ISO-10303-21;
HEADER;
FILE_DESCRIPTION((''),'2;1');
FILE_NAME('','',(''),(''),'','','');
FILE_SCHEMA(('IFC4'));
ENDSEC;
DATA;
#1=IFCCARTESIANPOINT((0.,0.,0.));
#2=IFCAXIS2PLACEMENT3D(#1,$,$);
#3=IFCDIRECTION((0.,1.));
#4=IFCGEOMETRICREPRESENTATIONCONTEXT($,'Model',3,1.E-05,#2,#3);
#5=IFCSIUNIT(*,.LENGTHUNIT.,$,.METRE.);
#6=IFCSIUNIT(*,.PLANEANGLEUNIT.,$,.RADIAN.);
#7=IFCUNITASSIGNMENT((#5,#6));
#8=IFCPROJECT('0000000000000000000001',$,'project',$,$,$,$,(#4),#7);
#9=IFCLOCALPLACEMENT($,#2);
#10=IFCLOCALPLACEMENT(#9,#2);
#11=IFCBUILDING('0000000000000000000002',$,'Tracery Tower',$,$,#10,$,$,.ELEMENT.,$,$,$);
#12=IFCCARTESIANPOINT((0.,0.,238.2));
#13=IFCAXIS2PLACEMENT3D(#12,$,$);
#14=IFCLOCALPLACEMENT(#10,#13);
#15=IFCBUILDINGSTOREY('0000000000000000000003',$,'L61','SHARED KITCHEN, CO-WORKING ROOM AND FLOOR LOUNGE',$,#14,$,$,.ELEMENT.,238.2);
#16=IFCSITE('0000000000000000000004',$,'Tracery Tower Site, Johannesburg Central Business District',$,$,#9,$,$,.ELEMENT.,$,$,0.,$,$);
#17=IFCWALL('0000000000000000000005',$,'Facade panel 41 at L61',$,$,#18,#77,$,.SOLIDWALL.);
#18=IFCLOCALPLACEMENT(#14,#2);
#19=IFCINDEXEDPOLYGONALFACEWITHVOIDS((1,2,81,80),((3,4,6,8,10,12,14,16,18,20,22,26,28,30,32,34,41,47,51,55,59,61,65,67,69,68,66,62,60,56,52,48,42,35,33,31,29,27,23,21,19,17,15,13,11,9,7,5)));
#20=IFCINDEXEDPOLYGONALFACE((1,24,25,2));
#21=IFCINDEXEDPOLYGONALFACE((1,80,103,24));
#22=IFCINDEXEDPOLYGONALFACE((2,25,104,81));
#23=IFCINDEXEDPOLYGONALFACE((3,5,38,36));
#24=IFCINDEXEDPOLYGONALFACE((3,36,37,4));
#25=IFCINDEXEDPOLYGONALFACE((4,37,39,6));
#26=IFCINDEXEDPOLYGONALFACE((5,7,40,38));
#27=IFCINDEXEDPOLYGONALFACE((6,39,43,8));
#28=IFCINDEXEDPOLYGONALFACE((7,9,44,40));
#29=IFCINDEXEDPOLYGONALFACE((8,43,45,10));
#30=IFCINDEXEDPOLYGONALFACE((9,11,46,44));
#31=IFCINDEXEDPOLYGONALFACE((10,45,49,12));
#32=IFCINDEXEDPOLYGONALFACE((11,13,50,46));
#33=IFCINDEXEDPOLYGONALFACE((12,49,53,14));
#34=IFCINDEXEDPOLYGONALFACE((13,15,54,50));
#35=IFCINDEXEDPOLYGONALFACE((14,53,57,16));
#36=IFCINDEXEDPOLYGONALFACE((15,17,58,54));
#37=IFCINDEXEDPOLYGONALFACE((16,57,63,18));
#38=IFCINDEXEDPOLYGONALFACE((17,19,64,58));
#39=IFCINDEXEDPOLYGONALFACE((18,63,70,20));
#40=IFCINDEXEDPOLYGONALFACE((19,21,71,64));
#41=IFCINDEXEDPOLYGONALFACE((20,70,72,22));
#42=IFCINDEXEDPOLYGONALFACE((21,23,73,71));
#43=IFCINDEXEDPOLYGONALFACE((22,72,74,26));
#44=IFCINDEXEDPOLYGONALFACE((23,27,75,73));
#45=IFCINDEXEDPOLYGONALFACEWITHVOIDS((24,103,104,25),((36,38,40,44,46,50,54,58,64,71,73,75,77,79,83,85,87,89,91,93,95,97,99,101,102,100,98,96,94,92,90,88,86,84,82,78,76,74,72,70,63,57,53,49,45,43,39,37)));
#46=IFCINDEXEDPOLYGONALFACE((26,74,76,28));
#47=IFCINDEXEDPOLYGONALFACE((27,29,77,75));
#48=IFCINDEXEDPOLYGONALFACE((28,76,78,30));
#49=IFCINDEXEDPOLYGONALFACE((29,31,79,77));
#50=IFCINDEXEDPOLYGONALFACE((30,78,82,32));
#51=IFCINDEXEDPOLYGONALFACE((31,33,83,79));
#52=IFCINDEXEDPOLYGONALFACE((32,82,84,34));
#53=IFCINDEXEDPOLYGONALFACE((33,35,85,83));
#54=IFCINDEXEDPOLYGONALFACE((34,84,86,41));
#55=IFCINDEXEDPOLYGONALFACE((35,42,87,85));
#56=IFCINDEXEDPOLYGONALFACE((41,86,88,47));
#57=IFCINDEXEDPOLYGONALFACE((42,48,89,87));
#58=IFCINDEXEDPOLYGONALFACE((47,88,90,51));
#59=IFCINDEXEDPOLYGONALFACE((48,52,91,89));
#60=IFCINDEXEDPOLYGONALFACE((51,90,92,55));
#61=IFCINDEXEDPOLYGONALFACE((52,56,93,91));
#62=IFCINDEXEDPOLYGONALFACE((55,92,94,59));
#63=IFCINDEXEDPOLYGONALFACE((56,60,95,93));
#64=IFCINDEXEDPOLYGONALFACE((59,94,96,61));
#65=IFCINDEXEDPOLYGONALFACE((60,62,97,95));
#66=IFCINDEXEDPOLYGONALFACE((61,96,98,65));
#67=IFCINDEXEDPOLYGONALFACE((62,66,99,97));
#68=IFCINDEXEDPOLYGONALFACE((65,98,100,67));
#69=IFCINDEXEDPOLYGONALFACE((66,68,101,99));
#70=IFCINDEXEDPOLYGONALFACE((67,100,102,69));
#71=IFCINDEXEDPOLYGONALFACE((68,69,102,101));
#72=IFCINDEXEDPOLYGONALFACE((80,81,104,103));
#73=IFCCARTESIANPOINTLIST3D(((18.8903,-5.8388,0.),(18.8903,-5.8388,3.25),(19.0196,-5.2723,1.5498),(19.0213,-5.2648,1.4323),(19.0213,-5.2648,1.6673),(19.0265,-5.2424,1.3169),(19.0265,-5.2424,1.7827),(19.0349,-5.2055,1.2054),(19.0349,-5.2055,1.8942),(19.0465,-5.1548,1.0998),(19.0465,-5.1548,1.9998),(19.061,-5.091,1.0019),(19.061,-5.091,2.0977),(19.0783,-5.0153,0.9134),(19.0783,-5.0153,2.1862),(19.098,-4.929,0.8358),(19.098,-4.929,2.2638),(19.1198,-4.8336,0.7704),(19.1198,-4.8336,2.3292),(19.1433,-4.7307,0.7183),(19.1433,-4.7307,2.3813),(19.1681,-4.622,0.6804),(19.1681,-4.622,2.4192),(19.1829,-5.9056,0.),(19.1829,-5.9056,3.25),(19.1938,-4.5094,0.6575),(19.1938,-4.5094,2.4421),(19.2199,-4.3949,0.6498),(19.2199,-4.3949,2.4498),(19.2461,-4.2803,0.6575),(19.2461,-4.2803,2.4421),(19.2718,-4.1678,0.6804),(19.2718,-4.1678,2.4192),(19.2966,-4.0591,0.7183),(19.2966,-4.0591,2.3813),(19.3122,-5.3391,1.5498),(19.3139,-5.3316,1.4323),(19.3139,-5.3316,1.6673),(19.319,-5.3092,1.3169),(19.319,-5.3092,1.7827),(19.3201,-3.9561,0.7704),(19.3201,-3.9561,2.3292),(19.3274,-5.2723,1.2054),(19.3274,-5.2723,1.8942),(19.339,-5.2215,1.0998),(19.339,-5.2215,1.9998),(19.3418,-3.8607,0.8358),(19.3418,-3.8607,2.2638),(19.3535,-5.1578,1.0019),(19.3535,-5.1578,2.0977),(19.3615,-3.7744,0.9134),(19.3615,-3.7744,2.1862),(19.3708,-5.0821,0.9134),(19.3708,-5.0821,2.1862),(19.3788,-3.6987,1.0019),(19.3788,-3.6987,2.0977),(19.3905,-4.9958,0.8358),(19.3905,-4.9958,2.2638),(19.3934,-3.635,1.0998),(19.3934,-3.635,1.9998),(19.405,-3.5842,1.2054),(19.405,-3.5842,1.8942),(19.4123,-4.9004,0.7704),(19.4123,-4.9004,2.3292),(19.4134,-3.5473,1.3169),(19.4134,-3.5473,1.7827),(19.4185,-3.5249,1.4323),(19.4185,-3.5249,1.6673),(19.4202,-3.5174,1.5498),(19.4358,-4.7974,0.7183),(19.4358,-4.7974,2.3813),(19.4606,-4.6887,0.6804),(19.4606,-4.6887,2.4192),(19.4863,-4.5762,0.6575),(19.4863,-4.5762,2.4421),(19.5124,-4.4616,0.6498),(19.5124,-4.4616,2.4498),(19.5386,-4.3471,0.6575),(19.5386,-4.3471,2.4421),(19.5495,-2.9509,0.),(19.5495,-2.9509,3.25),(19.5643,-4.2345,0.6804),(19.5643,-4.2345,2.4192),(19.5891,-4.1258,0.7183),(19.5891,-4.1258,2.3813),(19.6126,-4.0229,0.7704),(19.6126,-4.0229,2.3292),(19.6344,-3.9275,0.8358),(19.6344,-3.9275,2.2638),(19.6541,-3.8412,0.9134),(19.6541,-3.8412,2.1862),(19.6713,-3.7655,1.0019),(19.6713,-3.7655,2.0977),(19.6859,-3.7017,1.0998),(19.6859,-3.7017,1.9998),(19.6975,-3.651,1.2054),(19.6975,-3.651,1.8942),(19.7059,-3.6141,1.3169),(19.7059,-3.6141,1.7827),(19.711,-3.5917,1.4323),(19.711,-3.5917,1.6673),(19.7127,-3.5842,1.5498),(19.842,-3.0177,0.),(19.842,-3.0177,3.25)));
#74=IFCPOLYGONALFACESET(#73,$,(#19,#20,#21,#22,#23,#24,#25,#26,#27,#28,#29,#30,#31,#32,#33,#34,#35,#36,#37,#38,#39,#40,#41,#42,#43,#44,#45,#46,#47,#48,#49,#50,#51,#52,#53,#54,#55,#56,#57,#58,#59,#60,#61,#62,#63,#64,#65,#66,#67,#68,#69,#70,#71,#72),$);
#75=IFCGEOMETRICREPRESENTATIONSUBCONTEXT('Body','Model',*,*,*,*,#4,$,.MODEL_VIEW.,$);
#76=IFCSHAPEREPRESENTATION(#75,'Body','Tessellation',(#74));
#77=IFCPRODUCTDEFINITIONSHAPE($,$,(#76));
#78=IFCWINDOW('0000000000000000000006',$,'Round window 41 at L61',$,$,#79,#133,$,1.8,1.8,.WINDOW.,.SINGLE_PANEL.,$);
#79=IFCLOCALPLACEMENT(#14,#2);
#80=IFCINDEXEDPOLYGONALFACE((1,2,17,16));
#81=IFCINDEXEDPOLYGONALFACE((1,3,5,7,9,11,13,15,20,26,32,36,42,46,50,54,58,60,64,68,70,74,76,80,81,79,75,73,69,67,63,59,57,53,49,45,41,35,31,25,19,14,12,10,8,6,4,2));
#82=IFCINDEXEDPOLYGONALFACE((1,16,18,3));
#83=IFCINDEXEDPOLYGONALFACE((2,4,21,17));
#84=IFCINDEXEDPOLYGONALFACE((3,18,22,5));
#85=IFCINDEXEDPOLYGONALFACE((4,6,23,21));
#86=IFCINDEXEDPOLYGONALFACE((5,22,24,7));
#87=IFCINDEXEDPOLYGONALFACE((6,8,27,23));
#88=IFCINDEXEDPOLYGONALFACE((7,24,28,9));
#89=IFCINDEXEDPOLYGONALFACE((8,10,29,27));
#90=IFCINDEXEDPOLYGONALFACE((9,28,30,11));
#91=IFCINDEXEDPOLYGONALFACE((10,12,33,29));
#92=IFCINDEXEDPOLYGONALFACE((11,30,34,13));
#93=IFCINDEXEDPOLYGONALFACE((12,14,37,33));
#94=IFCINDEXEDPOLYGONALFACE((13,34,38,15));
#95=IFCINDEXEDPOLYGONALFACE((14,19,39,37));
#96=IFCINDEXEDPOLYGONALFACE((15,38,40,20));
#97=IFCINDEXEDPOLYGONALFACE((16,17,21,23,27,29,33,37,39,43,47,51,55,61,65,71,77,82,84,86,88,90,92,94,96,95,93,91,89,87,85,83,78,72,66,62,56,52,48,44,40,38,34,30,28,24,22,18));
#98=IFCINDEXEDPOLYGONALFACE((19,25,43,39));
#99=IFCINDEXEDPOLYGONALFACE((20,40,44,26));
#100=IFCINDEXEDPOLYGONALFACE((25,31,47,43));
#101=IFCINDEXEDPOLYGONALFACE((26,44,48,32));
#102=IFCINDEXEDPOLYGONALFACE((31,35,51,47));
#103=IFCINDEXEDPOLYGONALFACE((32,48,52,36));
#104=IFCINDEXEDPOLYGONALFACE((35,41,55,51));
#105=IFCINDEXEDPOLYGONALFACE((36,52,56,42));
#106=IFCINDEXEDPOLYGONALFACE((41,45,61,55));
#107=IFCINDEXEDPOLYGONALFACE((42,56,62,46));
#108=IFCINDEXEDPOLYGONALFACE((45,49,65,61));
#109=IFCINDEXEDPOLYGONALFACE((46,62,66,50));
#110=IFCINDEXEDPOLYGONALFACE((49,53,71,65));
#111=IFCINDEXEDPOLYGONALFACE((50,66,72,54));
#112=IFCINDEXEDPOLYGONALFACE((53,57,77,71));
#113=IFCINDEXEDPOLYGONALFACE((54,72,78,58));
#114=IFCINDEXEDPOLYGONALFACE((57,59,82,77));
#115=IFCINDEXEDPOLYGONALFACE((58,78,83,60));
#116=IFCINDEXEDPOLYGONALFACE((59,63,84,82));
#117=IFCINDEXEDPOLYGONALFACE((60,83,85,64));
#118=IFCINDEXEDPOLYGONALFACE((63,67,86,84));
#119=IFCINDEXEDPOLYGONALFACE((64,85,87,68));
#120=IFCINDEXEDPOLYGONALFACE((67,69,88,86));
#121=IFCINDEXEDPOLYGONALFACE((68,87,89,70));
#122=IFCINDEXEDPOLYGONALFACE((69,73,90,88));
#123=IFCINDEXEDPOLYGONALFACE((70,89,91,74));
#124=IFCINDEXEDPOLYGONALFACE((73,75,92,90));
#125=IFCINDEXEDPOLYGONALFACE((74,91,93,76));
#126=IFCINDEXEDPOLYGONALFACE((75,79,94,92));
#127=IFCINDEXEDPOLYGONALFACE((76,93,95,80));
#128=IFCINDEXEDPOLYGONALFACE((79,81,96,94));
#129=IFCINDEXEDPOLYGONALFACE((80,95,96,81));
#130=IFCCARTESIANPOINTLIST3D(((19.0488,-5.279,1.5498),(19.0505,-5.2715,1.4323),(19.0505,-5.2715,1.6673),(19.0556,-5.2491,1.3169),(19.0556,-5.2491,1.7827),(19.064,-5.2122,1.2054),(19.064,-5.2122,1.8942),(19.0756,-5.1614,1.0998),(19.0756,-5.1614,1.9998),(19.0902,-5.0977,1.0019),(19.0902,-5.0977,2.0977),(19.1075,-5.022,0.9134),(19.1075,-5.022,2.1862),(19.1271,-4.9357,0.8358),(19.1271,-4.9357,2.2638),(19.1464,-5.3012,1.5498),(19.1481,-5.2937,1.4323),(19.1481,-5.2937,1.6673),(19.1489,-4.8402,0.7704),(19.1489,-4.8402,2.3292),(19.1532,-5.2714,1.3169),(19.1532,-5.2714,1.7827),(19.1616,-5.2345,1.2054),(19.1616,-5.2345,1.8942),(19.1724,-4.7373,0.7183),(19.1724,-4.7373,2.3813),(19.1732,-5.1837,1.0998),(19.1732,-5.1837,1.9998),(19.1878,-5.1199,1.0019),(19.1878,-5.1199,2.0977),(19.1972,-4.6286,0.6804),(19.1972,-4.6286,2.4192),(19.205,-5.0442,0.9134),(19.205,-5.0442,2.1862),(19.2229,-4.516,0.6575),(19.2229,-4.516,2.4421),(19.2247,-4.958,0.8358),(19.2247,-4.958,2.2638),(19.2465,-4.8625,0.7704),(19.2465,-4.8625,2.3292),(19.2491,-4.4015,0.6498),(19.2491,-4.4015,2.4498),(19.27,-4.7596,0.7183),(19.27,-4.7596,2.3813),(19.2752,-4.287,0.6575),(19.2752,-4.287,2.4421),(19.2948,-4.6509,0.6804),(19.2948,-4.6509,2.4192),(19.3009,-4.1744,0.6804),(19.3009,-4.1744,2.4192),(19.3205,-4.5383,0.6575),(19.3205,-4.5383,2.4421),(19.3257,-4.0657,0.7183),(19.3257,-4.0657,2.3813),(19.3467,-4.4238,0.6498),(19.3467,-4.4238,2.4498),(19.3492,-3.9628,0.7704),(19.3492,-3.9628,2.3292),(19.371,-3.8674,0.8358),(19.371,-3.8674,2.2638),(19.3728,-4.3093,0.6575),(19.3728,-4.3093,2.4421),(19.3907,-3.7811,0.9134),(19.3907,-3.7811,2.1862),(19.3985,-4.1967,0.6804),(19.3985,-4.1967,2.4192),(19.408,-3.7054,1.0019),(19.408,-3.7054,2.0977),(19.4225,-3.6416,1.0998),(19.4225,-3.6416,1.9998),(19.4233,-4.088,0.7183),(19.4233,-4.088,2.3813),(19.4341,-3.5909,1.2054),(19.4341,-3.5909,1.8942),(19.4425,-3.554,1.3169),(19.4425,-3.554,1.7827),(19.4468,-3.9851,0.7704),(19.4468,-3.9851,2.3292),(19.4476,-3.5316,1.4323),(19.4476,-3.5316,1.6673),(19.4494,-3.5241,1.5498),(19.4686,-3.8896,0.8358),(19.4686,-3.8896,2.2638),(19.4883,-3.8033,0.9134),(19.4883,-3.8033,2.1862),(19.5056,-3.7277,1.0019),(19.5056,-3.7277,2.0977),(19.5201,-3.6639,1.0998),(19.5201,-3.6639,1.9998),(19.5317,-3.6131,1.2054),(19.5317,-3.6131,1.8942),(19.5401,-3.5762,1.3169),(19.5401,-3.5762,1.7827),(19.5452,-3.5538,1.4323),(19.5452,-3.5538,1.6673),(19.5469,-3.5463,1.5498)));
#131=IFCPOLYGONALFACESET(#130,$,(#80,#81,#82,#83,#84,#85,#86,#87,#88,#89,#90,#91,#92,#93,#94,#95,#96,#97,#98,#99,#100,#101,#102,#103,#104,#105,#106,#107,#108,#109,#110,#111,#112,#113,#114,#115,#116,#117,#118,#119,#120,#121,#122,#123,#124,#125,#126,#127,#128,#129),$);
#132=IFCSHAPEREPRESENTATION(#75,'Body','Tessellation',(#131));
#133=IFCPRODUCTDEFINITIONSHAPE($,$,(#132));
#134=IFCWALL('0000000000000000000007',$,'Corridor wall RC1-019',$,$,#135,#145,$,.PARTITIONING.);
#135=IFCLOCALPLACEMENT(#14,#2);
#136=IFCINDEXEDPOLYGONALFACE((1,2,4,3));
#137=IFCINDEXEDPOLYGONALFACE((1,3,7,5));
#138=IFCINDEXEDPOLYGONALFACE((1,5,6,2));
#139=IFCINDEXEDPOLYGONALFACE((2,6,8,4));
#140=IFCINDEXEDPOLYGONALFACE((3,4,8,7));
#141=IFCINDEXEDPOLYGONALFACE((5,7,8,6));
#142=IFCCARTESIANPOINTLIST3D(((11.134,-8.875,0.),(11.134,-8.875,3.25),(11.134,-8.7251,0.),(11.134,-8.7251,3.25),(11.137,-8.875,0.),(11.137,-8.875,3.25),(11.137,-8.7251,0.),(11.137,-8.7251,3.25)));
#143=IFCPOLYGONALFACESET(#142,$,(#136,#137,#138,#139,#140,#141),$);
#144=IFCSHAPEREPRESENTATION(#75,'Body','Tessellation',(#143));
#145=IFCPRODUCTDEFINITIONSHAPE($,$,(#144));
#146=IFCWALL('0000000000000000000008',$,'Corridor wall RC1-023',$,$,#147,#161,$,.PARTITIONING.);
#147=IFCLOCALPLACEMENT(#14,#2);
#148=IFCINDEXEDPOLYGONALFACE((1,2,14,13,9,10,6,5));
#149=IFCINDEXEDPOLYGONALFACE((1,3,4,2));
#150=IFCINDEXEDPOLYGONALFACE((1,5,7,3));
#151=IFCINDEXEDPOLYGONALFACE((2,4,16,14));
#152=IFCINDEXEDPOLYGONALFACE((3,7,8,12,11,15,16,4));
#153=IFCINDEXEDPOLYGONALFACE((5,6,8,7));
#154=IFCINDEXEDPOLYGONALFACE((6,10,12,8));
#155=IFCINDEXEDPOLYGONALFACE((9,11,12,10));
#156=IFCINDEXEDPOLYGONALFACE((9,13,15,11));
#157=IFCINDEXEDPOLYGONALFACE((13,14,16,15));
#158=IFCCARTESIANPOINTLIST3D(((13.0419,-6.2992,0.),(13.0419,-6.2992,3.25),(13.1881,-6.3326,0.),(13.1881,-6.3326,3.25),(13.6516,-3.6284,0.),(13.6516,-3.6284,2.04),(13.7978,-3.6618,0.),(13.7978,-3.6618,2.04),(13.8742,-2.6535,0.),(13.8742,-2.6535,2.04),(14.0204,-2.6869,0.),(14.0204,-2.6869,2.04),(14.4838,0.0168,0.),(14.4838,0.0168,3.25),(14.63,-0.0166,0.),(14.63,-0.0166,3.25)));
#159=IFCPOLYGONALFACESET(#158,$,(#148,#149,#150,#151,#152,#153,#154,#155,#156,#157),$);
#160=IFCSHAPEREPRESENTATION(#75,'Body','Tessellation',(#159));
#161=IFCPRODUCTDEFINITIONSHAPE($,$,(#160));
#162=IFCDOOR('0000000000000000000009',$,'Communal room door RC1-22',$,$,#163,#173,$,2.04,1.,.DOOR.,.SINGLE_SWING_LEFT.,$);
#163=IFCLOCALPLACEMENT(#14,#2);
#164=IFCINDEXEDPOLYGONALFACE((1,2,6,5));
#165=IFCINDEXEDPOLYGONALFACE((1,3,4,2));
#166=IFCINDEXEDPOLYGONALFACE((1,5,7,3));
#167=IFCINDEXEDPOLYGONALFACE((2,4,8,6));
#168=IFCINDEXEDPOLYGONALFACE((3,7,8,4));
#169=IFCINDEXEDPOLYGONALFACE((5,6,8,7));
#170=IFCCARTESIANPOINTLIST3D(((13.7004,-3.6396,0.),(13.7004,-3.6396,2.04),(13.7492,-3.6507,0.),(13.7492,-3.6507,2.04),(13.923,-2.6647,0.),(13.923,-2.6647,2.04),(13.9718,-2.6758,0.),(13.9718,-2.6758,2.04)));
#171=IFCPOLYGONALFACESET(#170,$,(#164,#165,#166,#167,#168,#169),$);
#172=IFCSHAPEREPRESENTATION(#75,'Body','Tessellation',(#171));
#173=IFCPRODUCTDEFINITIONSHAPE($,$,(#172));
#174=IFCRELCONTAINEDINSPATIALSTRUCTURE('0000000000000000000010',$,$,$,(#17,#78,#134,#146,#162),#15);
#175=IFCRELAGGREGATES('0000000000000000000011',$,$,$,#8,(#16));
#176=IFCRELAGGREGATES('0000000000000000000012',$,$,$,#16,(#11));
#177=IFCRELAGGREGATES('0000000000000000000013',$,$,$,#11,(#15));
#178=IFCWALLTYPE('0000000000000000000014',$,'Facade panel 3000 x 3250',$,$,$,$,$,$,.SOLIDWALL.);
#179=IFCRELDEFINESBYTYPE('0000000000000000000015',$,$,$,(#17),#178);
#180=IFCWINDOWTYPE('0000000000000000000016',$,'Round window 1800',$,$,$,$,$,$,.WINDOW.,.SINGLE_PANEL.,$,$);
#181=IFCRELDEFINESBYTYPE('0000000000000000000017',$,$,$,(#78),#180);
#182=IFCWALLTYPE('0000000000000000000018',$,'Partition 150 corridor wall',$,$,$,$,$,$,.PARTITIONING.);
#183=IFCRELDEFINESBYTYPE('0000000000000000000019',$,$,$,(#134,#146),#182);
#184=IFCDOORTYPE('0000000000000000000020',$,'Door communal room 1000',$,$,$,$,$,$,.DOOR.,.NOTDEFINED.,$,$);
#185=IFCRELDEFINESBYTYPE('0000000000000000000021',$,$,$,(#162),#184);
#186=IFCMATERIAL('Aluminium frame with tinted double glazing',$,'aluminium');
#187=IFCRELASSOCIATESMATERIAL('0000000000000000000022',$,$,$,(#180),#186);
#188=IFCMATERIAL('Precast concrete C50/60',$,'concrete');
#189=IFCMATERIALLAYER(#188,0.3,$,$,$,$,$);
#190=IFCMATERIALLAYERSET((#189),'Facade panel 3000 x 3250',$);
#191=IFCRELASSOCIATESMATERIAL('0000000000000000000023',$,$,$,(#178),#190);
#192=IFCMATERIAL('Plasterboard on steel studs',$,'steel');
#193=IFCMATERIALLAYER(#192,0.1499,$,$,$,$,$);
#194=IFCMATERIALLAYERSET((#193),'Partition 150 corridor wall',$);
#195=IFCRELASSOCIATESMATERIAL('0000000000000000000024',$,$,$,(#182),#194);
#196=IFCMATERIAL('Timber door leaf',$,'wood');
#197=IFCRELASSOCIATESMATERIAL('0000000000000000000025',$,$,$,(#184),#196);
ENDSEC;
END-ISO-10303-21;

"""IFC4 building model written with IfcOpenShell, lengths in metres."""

from ifc_helpers import new_model, si_unit, direction, frame, frame_2d, origin, origin_2d, place, context, subcontext, project, spatial, rectangle, circle, extrude, material, layer, layer_set, type_object, element, fill, save


model = new_model("IFC4")

# Units and contexts
model_context = context("Model", 3, precision=1e-05, world=origin(), true_north=direction((0.0, 1.0)))
body_context = subcontext(model_context, "Body", "Model", "MODEL_VIEW")
ifc_project = project(units=[si_unit("LENGTHUNIT", "METRE"), si_unit("PLANEANGLEUNIT", "RADIAN")], contexts=[model_context])

# Site, building, storey
site_placement = place(None, origin())
site = spatial("IfcSite", under=ifc_project, at=site_placement, Name="Tracery Tower Site, Johannesburg Central Business District", CompositionType="ELEMENT", RefElevation=0.0)
building_placement = place(site_placement, origin())
building = spatial("IfcBuilding", under=site, at=building_placement, Name="Tracery Tower", CompositionType="ELEMENT")
storey_placement = place(building_placement, frame((0.0, 0.0, 238.2)))
storey = spatial("IfcBuildingStorey", under=building, at=storey_placement, Name="L61", Description="SHARED KITCHEN, CO-WORKING ROOM AND FLOOR LOUNGE", CompositionType="ELEMENT", Elevation=238.2)

# Wall, opening, window
ifc_material_1 = material(Name="Aluminium frame with tinted double glazing", Category="aluminium")
window_type = type_object("IfcWindowType", Name="Round window 1800", PartitioningType="SINGLE_PANEL", PredefinedType="WINDOW", material=ifc_material_1)
ifc_material_2 = material(Name="Precast concrete C50/60", Category="concrete")
ifc_layer_1 = layer(ifc_material_2, 0.3)
ifc_layer_set_1 = layer_set([ifc_layer_1], Name="Facade panel 3000 x 3250")
wall_type_1 = type_object("IfcWallType", Name="Facade panel 3000 x 3250", PredefinedType="SOLIDWALL", material=ifc_layer_set_1)
wall_1_placement = place(storey_placement, frame((19.0366, -5.8721, 0.0), z_axis=(0.0, 0.0, 1.0), x_axis=(0.222529, 0.974926, 0.0)))
wall_1 = element("IfcWall", 1, at=wall_1_placement, inside=storey, type_object=wall_type_1, Name="Facade panel 41 at L61", PredefinedType="SOLIDWALL", context=body_context, shape_type="SweptSolid", body=[
    extrude(rectangle(XDim=2.9622, YDim=0.3, at=frame_2d((1.481, 0.0))), origin(), (0.0, 0.0, 1.0), 3.25),
])
opening_1_placement = place(wall_1_placement, frame((1.481, 0.0, 1.5498)))
opening_1 = element("IfcOpeningElement", 2, at=opening_1_placement, cuts=wall_1, PredefinedType="OPENING", context=body_context, shape_type="SweptSolid", body=[
    extrude(circle(Radius=0.9, at=origin_2d()), frame((0.0, 0.1599, 0.0), z_axis=(0.0, -1.0, 0.0), x_axis=(1.0, 0.0, 0.0)), (0.0, 0.0, 1.0), 0.3201),
])
window_1_placement = place(opening_1_placement, origin())
window_1 = element("IfcWindow", 3, at=window_1_placement, inside=storey, type_object=window_type, Name="Round window 41 at L61", OverallHeight=1.8, OverallWidth=1.8, PartitioningType="SINGLE_PANEL", PredefinedType="WINDOW", context=body_context, shape_type="SweptSolid", body=[
    extrude(circle(Radius=0.9, at=origin_2d()), frame((0.0, 0.1201, 0.0), z_axis=(0.0, -1.0, 0.0), x_axis=(1.0, 0.0, 0.0)), (0.0, 0.0, 1.0), 0.1001),
])
fill(opening_1, window_1)

# Wall
ifc_material_3 = material(Name="Plasterboard on steel studs", Category="steel")
ifc_layer_2 = layer(ifc_material_3, 0.1499)
ifc_layer_set_2 = layer_set([ifc_layer_2], Name="Partition 150 corridor wall")
wall_type_2 = type_object("IfcWallType", Name="Partition 150 corridor wall", PredefinedType="PARTITIONING", material=ifc_layer_set_2)
wall_2_placement = place(storey_placement, frame((11.137, -8.8, 0.0), z_axis=(0.0, 0.0, 1.0), x_axis=(-1.0, 0.0, 0.0)))
element("IfcWall", 4, at=wall_2_placement, inside=storey, type_object=wall_type_2, Name="Corridor wall RC1-019", PredefinedType="PARTITIONING", context=body_context, shape_type="SweptSolid", body=[
    extrude(rectangle(XDim=0.0029, YDim=0.1499, at=frame_2d((0.0015, 0.0))), origin(), (0.0, 0.0, 1.0), 3.25),
])

# Wall, opening, door
wall_3_placement = place(storey_placement, frame((13.115, -6.3159, 0.0), z_axis=(0.0, 0.0, 1.0), x_axis=(0.222569, 0.974917, 0.0)))
wall_3 = element("IfcWall", 5, at=wall_3_placement, inside=storey, type_object=wall_type_2, Name="Corridor wall RC1-023", PredefinedType="PARTITIONING", context=body_context, shape_type="SweptSolid", body=[
    extrude(rectangle(XDim=6.4785, YDim=0.1499, at=frame_2d((3.2393, 0.0))), origin(), (0.0, 0.0, 1.0), 3.25),
])
opening_2_placement = place(wall_3_placement, frame((2.7395, 0.0, 0.0)))
opening_2 = element("IfcOpeningElement", 6, at=opening_2_placement, cuts=wall_3, PredefinedType="OPENING", context=body_context, shape_type="SweptSolid", body=[
    extrude(rectangle(XDim=1.0, YDim=2.04, at=frame_2d((0.5, 1.02))), frame((0.0, 0.075, 0.0), z_axis=(0.0, -1.0, 0.0), x_axis=(1.0, 0.0, 0.0)), (0.0, 0.0, 1.0), 0.1499),
])
ifc_material_4 = material(Name="Timber door leaf", Category="wood")
door_type_1 = type_object("IfcDoorType", Name="Door communal room 1000", OperationType="NOTDEFINED", PredefinedType="DOOR", material=ifc_material_4)
door_1_placement = place(opening_2_placement, origin())
door_1 = element("IfcDoor", 7, at=door_1_placement, inside=storey, type_object=door_type_1, Name="Communal room door RC1-22", OperationType="SINGLE_SWING_LEFT", OverallHeight=2.04, OverallWidth=1.0, PredefinedType="DOOR", context=body_context, shape_type="SweptSolid", body=[
    extrude(rectangle(XDim=1.0, YDim=2.04, at=frame_2d((0.5, 1.02))), frame((0.0, 0.0249, 0.0), z_axis=(0.0, -1.0, 0.0), x_axis=(1.0, 0.0, 0.0)), (0.0, 0.0, 1.0), 0.05),
])
fill(opening_2, door_1)

save(model, "model.ifc")
